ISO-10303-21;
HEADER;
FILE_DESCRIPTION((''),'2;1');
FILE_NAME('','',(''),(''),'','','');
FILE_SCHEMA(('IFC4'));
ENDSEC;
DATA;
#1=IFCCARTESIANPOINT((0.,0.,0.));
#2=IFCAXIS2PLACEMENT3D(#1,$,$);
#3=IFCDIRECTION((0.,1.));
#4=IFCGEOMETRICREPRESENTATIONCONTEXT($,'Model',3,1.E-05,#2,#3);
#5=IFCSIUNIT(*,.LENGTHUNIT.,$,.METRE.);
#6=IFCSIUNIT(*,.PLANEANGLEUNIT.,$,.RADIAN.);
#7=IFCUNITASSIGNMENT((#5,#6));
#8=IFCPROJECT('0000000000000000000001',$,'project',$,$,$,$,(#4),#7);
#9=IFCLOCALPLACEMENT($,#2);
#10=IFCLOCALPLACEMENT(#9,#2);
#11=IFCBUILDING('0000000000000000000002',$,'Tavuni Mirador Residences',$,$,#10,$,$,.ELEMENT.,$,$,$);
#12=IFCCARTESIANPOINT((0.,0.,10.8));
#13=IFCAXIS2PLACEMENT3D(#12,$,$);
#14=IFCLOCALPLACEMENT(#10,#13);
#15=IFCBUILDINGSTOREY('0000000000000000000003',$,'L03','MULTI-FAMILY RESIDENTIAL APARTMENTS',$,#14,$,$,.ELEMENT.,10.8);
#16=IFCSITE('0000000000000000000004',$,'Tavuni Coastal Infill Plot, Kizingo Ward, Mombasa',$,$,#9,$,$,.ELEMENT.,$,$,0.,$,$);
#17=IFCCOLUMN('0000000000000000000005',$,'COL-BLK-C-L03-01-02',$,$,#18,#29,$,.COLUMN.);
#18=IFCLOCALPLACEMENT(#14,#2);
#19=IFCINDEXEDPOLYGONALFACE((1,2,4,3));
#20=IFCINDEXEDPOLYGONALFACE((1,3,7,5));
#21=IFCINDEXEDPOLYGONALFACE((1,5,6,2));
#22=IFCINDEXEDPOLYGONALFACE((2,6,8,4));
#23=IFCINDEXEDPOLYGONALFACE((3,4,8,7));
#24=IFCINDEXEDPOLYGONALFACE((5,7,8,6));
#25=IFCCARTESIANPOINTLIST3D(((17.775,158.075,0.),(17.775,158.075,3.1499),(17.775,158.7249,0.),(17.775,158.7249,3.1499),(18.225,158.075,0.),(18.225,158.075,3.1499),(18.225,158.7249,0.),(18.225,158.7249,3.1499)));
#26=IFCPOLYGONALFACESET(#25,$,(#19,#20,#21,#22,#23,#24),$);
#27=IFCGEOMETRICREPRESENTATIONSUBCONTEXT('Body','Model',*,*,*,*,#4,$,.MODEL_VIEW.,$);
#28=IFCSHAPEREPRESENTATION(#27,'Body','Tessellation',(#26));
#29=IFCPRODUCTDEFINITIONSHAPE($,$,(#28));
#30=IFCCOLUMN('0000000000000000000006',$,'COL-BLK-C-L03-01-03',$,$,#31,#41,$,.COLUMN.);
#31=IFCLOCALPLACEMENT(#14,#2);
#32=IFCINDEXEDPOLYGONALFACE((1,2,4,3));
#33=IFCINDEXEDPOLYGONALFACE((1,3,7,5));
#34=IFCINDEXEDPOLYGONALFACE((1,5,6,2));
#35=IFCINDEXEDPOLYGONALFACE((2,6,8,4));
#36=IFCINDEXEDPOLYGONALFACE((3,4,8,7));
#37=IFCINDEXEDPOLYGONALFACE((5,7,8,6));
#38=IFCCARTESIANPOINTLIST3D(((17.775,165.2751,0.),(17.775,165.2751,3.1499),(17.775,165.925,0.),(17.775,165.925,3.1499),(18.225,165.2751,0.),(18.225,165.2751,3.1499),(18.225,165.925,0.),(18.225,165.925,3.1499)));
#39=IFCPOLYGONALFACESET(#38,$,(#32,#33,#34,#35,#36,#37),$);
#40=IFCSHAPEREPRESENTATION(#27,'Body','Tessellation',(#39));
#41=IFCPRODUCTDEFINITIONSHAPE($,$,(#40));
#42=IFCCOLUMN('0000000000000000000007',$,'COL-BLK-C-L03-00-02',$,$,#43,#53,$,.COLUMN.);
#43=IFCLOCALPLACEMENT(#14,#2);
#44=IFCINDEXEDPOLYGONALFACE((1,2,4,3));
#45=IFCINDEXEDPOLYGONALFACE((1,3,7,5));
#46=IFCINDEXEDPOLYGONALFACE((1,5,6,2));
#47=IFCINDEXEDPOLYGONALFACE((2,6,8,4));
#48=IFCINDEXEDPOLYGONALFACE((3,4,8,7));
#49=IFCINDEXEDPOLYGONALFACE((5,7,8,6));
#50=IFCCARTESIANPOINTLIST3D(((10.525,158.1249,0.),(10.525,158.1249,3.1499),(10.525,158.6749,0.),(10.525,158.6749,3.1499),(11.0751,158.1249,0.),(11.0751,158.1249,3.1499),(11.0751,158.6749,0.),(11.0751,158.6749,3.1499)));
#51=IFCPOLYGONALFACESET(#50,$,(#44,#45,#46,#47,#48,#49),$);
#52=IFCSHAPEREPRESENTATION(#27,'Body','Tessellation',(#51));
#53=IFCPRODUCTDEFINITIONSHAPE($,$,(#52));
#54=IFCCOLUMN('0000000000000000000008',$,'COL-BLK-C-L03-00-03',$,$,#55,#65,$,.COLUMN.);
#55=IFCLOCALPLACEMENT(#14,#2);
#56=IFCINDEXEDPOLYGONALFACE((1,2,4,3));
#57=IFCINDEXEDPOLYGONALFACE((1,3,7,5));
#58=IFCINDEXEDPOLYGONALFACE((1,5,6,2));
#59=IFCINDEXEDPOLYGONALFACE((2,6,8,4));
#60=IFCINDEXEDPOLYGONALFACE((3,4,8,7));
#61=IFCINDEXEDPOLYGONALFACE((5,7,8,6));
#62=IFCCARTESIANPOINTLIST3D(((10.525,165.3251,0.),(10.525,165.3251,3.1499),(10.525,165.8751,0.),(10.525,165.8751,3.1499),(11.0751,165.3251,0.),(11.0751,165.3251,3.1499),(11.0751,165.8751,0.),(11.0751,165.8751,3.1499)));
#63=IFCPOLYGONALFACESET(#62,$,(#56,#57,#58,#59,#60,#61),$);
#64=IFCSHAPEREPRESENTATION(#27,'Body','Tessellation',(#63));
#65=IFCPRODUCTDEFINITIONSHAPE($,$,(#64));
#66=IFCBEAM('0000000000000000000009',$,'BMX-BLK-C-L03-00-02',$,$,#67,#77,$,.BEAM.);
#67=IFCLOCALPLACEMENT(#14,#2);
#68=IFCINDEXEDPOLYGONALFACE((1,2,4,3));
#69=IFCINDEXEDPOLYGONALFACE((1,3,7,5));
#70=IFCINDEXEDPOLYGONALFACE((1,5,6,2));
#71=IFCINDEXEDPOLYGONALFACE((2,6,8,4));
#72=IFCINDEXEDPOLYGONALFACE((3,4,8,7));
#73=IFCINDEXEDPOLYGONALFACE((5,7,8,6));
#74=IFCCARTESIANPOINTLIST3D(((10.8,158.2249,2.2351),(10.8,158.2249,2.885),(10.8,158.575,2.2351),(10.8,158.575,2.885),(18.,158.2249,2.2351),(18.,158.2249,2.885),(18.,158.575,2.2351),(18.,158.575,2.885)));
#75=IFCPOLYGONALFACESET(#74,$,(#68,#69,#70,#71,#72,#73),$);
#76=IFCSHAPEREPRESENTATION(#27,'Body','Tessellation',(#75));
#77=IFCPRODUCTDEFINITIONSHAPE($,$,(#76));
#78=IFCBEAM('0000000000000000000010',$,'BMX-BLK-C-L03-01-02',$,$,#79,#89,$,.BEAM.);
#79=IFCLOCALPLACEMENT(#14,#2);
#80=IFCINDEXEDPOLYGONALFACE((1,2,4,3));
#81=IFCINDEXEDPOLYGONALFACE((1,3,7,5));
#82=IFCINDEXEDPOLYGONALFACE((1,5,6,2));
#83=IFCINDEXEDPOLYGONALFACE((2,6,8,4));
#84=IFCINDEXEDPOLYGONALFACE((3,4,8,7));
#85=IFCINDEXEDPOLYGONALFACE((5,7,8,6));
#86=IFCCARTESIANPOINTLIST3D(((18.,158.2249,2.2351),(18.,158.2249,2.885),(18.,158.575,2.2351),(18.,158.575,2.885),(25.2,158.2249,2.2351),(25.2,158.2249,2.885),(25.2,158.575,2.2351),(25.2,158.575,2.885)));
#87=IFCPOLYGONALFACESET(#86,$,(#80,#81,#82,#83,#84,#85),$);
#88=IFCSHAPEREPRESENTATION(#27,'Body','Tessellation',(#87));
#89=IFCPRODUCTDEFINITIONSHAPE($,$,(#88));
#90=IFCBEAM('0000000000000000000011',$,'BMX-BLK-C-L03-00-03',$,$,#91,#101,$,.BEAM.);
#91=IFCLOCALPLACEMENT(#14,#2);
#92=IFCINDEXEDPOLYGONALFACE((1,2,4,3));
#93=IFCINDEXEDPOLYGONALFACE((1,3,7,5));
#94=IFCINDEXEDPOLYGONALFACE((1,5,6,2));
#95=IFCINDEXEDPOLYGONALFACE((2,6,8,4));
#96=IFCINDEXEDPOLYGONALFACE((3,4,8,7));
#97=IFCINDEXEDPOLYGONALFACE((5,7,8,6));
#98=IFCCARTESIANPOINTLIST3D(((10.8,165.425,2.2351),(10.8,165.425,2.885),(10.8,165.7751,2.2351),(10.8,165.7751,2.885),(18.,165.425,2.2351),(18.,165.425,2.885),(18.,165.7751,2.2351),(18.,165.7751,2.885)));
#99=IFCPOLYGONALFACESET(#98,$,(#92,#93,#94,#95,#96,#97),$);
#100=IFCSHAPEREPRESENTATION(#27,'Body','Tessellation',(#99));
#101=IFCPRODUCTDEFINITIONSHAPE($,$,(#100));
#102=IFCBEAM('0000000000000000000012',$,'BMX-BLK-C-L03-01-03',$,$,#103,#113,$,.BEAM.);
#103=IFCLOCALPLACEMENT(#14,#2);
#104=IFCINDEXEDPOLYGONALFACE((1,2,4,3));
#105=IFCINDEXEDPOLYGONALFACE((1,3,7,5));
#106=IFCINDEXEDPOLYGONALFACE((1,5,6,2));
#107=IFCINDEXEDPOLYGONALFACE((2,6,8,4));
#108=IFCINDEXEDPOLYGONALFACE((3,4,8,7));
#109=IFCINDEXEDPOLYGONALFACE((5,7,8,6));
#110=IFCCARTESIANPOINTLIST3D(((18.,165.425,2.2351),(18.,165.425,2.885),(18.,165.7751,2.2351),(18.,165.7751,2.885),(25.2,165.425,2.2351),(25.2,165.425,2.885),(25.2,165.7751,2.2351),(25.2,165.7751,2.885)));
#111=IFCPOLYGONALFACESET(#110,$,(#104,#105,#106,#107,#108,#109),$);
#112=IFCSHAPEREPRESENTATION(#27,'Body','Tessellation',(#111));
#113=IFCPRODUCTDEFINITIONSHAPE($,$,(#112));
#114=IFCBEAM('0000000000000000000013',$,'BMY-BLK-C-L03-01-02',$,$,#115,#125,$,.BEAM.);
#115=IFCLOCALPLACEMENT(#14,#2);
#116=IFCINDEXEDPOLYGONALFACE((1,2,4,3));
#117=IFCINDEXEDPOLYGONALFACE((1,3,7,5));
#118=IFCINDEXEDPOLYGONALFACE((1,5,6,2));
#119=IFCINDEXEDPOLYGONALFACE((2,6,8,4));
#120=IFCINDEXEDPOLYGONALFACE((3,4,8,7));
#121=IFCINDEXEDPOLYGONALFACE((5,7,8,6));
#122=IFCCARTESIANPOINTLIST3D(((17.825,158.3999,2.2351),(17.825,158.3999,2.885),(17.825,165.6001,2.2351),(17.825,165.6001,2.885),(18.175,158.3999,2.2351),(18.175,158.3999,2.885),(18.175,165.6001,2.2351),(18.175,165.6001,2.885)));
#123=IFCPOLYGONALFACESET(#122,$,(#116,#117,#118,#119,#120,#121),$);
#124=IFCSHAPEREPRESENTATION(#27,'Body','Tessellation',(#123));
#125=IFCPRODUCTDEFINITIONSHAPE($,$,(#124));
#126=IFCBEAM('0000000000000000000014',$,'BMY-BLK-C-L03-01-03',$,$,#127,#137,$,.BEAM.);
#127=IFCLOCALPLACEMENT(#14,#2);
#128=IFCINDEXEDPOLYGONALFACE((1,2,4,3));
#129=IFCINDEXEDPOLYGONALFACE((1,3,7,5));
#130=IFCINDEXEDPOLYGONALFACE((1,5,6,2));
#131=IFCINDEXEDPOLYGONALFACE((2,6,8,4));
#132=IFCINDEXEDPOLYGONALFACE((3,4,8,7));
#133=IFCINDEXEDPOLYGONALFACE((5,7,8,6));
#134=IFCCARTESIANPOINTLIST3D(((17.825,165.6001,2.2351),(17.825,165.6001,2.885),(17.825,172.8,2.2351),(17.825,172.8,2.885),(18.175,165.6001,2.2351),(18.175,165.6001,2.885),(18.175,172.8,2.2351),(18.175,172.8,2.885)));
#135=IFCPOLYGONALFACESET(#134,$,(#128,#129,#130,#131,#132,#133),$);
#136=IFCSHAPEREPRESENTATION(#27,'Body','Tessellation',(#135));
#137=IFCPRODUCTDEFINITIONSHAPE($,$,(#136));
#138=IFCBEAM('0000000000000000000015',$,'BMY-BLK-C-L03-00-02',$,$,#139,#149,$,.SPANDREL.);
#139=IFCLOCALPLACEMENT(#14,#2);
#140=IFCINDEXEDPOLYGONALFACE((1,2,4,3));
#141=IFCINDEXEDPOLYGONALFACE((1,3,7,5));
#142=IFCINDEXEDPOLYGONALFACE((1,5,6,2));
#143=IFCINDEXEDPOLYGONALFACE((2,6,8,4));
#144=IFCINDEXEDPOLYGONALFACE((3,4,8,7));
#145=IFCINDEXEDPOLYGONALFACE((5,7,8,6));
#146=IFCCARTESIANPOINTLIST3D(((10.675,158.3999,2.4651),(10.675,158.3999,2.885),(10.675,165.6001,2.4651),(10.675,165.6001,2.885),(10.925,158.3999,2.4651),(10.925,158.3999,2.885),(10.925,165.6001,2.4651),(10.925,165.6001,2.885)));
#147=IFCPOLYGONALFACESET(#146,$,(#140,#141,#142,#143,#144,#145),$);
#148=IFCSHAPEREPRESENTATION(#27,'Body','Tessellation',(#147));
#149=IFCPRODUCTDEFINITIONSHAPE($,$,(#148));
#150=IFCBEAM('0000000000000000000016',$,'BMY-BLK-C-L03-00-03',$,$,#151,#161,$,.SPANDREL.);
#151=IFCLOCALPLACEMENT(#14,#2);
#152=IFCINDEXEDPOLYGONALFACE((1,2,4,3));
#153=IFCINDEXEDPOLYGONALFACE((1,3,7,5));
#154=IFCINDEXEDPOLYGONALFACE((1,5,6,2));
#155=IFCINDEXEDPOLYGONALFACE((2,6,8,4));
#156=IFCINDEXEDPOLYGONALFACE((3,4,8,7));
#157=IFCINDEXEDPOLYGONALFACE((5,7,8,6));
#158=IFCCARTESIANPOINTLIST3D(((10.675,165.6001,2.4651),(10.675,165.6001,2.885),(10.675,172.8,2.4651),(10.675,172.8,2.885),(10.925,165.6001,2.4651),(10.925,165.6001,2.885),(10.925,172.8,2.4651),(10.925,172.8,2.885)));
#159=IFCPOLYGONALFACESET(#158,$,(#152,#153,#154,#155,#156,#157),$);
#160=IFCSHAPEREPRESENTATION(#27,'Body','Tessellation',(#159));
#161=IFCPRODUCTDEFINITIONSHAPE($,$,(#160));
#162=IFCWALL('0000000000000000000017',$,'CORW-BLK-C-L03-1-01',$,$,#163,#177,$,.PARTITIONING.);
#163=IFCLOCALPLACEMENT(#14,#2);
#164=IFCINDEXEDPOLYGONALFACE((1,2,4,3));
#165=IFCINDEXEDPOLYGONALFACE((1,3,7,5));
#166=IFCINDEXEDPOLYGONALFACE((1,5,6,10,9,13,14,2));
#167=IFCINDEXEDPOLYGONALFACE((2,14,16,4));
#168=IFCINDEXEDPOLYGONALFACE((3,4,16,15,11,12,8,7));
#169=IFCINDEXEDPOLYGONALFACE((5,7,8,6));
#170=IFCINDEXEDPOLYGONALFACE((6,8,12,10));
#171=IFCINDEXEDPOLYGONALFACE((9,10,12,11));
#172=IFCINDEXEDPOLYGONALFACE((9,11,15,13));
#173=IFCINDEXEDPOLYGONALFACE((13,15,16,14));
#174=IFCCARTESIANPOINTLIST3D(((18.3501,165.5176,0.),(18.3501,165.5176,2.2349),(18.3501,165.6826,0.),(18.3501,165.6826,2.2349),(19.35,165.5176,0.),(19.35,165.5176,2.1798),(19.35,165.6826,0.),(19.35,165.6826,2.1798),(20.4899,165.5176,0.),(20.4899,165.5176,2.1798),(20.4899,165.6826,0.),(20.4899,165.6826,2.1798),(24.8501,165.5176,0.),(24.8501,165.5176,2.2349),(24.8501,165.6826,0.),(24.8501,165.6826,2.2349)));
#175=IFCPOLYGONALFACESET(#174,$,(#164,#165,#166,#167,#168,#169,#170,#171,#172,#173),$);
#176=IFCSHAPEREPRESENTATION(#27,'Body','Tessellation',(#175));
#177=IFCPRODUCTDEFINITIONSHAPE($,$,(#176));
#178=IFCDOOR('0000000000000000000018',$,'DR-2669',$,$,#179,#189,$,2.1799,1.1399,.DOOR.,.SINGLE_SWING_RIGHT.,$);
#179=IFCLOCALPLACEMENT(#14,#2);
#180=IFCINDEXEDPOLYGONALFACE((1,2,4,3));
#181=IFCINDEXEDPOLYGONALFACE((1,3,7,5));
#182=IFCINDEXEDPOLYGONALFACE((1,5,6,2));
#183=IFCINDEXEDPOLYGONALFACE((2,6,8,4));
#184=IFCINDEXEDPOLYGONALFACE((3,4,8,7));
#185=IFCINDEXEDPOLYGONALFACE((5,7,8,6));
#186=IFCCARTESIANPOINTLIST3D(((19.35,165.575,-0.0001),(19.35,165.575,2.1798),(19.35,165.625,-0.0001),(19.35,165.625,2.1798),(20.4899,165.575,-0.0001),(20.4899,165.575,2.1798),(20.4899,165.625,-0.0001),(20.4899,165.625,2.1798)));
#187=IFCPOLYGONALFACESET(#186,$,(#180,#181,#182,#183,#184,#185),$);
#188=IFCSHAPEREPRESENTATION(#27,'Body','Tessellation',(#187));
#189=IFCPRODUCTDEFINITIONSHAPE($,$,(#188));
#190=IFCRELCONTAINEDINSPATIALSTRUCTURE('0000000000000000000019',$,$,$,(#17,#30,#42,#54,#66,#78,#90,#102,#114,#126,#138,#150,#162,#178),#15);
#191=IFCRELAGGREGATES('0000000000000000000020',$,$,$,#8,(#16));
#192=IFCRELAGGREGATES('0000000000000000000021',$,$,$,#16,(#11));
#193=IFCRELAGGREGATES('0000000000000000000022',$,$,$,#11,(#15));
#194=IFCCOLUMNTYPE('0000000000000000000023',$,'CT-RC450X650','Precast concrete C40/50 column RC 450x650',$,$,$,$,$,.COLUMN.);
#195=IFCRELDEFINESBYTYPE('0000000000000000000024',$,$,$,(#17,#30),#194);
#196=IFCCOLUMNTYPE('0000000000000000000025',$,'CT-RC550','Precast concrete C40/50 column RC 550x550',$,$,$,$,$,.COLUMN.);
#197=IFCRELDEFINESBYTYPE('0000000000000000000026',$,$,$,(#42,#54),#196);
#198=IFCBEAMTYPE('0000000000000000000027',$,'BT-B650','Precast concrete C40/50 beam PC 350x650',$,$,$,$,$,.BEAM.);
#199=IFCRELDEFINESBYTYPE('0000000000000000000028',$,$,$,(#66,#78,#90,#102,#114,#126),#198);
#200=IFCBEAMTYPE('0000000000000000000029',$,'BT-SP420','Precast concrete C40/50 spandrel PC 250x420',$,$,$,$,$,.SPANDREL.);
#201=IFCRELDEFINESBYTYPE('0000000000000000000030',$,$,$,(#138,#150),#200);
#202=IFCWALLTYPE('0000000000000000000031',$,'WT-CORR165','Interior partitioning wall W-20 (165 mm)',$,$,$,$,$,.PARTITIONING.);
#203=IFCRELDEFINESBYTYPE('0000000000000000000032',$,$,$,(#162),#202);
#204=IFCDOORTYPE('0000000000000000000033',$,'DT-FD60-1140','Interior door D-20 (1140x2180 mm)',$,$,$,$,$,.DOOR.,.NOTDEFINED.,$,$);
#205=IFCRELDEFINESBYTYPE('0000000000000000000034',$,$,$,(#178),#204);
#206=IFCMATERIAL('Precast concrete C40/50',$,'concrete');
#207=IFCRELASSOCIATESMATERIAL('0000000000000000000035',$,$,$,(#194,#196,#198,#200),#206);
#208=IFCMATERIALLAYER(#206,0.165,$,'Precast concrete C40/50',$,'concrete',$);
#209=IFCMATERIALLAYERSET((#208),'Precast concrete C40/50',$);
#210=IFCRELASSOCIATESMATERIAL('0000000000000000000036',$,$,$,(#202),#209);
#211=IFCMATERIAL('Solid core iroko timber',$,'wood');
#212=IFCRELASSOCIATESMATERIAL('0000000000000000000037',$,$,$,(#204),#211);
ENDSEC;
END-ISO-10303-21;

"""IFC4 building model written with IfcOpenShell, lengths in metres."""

from ifc_helpers import new_model, si_unit, direction, frame, frame_2d, origin, origin_2d, place, context, subcontext, project, spatial, rectangle, extrude, material, layer, layer_set, material_profile, profile_set, type_object, element, fill, save


model = new_model("IFC4")

# Units and contexts
model_context = context("Model", 3, precision=1e-05, world=origin(), true_north=direction((0.0, 1.0)))
body_context = subcontext(model_context, "Body", "Model", "MODEL_VIEW")
ifc_project = project(units=[si_unit("LENGTHUNIT", "METRE"), si_unit("PLANEANGLEUNIT", "RADIAN")], contexts=[model_context])

# Site, building, storey
site_placement = place(None, origin())
site = spatial("IfcSite", under=ifc_project, at=site_placement, Name="Tavuni Coastal Infill Plot, Kizingo Ward, Mombasa", CompositionType="ELEMENT", RefElevation=0.0)
building_placement = place(site_placement, origin())
building = spatial("IfcBuilding", under=site, at=building_placement, Name="Tavuni Mirador Residences", CompositionType="ELEMENT")
storey_placement = place(building_placement, frame((0.0, 0.0, 10.8)))
storey = spatial("IfcBuildingStorey", under=building, at=storey_placement, Name="L03", Description="MULTI-FAMILY RESIDENTIAL APARTMENTS", CompositionType="ELEMENT", Elevation=10.8)

# Columns
ifc_material_1 = material(Name="Precast concrete C40/50", Category="concrete")
ifc_material_profile_1 = material_profile(ifc_material_1, rectangle(XDim=0.45, YDim=0.6499, at=origin_2d()), Name="RC 450x650", Category="concrete")
ifc_profile_set_1 = profile_set([ifc_material_profile_1], Name="Precast concrete C40/50")
column_type_1 = type_object("IfcColumnType", Name="CT-RC450X650", Description="Precast concrete C40/50 column RC 450x650", PredefinedType="COLUMN", material=ifc_profile_set_1)
for number, where, z_axis, x_axis, name in (
    (1, (18.0, 158.3999, 0.0), (0.0, 0.0, 1.0), (1.0, 0.0, 0.0), "COL-BLK-C-L03-01-02"),
    (2, (18.0, 165.6001, 0.0), (0.0, 0.0, 1.0), (1.0, 0.0, 0.0), "COL-BLK-C-L03-01-03"),
):
    element("IfcColumn", number, at=place(storey_placement, frame(where, z_axis=z_axis, x_axis=x_axis)), inside=storey, type_object=column_type_1, Name=name, PredefinedType="COLUMN", context=body_context, shape_type="SweptSolid", body=[
        extrude(rectangle(XDim=0.45, YDim=0.6499, at=origin_2d()), origin(), (0.0, 0.0, 1.0), 3.1499),
    ])
ifc_material_profile_2 = material_profile(ifc_material_1, rectangle(XDim=0.55, YDim=0.55, at=origin_2d()), Name="RC 550x550", Category="concrete")
ifc_profile_set_2 = profile_set([ifc_material_profile_2], Name="Precast concrete C40/50")
column_type_2 = type_object("IfcColumnType", Name="CT-RC550", Description="Precast concrete C40/50 column RC 550x550", PredefinedType="COLUMN", material=ifc_profile_set_2)
for number, where, z_axis, x_axis, name in (
    (3, (10.8, 158.3999, 0.0), (0.0, 0.0, 1.0), (1.0, 0.0, 0.0), "COL-BLK-C-L03-00-02"),
    (4, (10.8, 165.6001, 0.0), (0.0, 0.0, 1.0), (1.0, 0.0, 0.0), "COL-BLK-C-L03-00-03"),
):
    element("IfcColumn", number, at=place(storey_placement, frame(where, z_axis=z_axis, x_axis=x_axis)), inside=storey, type_object=column_type_2, Name=name, PredefinedType="COLUMN", context=body_context, shape_type="SweptSolid", body=[
        extrude(rectangle(XDim=0.55, YDim=0.55, at=origin_2d()), origin(), (0.0, 0.0, 1.0), 3.1499),
    ])

# Beams
ifc_material_profile_3 = material_profile(ifc_material_1, rectangle(XDim=0.3501, YDim=0.6499, at=origin_2d()), Name="PC 350x650", Category="concrete")
ifc_profile_set_3 = profile_set([ifc_material_profile_3], Name="Precast concrete C40/50")
beam_type_1 = type_object("IfcBeamType", Name="BT-B650", Description="Precast concrete C40/50 beam PC 350x650", PredefinedType="BEAM", material=ifc_profile_set_3)
for number, where, z_axis, x_axis, name in (
    (5, (10.8, 158.3999, 2.5601), (1.0, 0.0, 0.0), (0.0, 1.0, 0.0), "BMX-BLK-C-L03-00-02"),
    (6, (18.0, 158.3999, 2.5601), (1.0, 0.0, 0.0), (0.0, 1.0, 0.0), "BMX-BLK-C-L03-01-02"),
    (7, (10.8, 165.6001, 2.5601), (1.0, 0.0, 0.0), (0.0, 1.0, 0.0), "BMX-BLK-C-L03-00-03"),
    (8, (18.0, 165.6001, 2.5601), (1.0, 0.0, 0.0), (0.0, 1.0, 0.0), "BMX-BLK-C-L03-01-03"),
):
    element("IfcBeam", number, at=place(storey_placement, frame(where, z_axis=z_axis, x_axis=x_axis)), inside=storey, type_object=beam_type_1, Name=name, PredefinedType="BEAM", context=body_context, shape_type="SweptSolid", body=[
        extrude(rectangle(XDim=0.3501, YDim=0.6499, at=origin_2d()), origin(), (0.0, 0.0, 1.0), 7.2),
    ])
beam_1_placement = place(storey_placement, frame((18.0, 158.3999, 2.5601), z_axis=(0.0, 1.0, 0.0), x_axis=(-1.0, 0.0, 0.0)))
element("IfcBeam", 9, at=beam_1_placement, inside=storey, type_object=beam_type_1, Name="BMY-BLK-C-L03-01-02", PredefinedType="BEAM", context=body_context, shape_type="SweptSolid", body=[
    extrude(rectangle(XDim=0.3501, YDim=0.6499, at=origin_2d()), origin(), (0.0, 0.0, 1.0), 7.2002),
])
beam_2_placement = place(storey_placement, frame((18.0, 165.6001, 2.5601), z_axis=(0.0, 1.0, 0.0), x_axis=(-1.0, 0.0, 0.0)))
element("IfcBeam", 10, at=beam_2_placement, inside=storey, type_object=beam_type_1, Name="BMY-BLK-C-L03-01-03", PredefinedType="BEAM", context=body_context, shape_type="SweptSolid", body=[
    extrude(rectangle(XDim=0.3501, YDim=0.6499, at=origin_2d()), origin(), (0.0, 0.0, 1.0), 7.2),
])
ifc_material_profile_4 = material_profile(ifc_material_1, rectangle(XDim=0.25, YDim=0.4199, at=origin_2d()), Name="PC 250x420", Category="concrete")
ifc_profile_set_4 = profile_set([ifc_material_profile_4], Name="Precast concrete C40/50")
beam_type_2 = type_object("IfcBeamType", Name="BT-SP420", Description="Precast concrete C40/50 spandrel PC 250x420", PredefinedType="SPANDREL", material=ifc_profile_set_4)
beam_3_placement = place(storey_placement, frame((10.8, 158.3999, 2.675), z_axis=(0.0, 1.0, 0.0), x_axis=(-1.0, 0.0, 0.0)))
element("IfcBeam", 11, at=beam_3_placement, inside=storey, type_object=beam_type_2, Name="BMY-BLK-C-L03-00-02", PredefinedType="SPANDREL", context=body_context, shape_type="SweptSolid", body=[
    extrude(rectangle(XDim=0.25, YDim=0.4199, at=origin_2d()), origin(), (0.0, 0.0, 1.0), 7.2002),
])
beam_4_placement = place(storey_placement, frame((10.8, 165.6001, 2.675), z_axis=(0.0, 1.0, 0.0), x_axis=(-1.0, 0.0, 0.0)))
element("IfcBeam", 12, at=beam_4_placement, inside=storey, type_object=beam_type_2, Name="BMY-BLK-C-L03-00-03", PredefinedType="SPANDREL", context=body_context, shape_type="SweptSolid", body=[
    extrude(rectangle(XDim=0.25, YDim=0.4199, at=origin_2d()), origin(), (0.0, 0.0, 1.0), 7.2),
])

# Wall, opening, door
ifc_layer_1 = layer(ifc_material_1, 0.165, Name="Precast concrete C40/50", Category="concrete")
ifc_layer_set_1 = layer_set([ifc_layer_1], Name="Precast concrete C40/50")
wall_type_1 = type_object("IfcWallType", Name="WT-CORR165", Description="Interior partitioning wall W-20 (165 mm)", PredefinedType="PARTITIONING", material=ifc_layer_set_1)
ifc_material_2 = material(Name="Solid core iroko timber", Category="wood")
wall_1_placement = place(storey_placement, frame((18.3501, 165.6001, 0.0), z_axis=(0.0, 0.0, 1.0), x_axis=(1.0, 0.0, 0.0)))
wall_1 = element("IfcWall", 13, at=wall_1_placement, inside=storey, type_object=wall_type_1, Name="CORW-BLK-C-L03-1-01", PredefinedType="PARTITIONING", context=body_context, shape_type="SweptSolid", body=[
    extrude(rectangle(XDim=6.5, YDim=0.165, at=frame_2d((3.25, 0.0))), origin(), (0.0, 0.0, 1.0), 2.2349),
])
opening_1_placement = place(wall_1_placement, frame((1.0, 0.0, 0.0)))
opening_1 = element("IfcOpeningElement", 14, at=opening_1_placement, cuts=wall_1, PredefinedType="OPENING", context=body_context, shape_type="SweptSolid", body=[
    extrude(rectangle(XDim=1.1399, YDim=2.1799, at=frame_2d((0.5698, 1.0898))), frame((0.0, 0.0925, 0.0), z_axis=(0.0, -1.0, 0.0), x_axis=(1.0, 0.0, 0.0)), (0.0, 0.0, 1.0), 0.1851),
])
door_type_1 = type_object("IfcDoorType", Name="DT-FD60-1140", Description="Interior door D-20 (1140x2180 mm)", OperationType="NOTDEFINED", PredefinedType="DOOR", material=ifc_material_2)
door_1_placement = place(opening_1_placement, origin())
door_1 = element("IfcDoor", 15, at=door_1_placement, inside=storey, type_object=door_type_1, Name="DR-2669", OperationType="SINGLE_SWING_RIGHT", OverallHeight=2.1799, OverallWidth=1.1399, PredefinedType="DOOR", context=body_context, shape_type="SweptSolid", body=[
    extrude(rectangle(XDim=1.1399, YDim=2.1799, at=frame_2d((0.5698, 1.0898))), frame((0.0, 0.0249, 0.0), z_axis=(0.0, -1.0, 0.0), x_axis=(1.0, 0.0, 0.0)), (0.0, 0.0, 1.0), 0.05),
])
fill(opening_1, door_1)

save(model, "model.ifc")
